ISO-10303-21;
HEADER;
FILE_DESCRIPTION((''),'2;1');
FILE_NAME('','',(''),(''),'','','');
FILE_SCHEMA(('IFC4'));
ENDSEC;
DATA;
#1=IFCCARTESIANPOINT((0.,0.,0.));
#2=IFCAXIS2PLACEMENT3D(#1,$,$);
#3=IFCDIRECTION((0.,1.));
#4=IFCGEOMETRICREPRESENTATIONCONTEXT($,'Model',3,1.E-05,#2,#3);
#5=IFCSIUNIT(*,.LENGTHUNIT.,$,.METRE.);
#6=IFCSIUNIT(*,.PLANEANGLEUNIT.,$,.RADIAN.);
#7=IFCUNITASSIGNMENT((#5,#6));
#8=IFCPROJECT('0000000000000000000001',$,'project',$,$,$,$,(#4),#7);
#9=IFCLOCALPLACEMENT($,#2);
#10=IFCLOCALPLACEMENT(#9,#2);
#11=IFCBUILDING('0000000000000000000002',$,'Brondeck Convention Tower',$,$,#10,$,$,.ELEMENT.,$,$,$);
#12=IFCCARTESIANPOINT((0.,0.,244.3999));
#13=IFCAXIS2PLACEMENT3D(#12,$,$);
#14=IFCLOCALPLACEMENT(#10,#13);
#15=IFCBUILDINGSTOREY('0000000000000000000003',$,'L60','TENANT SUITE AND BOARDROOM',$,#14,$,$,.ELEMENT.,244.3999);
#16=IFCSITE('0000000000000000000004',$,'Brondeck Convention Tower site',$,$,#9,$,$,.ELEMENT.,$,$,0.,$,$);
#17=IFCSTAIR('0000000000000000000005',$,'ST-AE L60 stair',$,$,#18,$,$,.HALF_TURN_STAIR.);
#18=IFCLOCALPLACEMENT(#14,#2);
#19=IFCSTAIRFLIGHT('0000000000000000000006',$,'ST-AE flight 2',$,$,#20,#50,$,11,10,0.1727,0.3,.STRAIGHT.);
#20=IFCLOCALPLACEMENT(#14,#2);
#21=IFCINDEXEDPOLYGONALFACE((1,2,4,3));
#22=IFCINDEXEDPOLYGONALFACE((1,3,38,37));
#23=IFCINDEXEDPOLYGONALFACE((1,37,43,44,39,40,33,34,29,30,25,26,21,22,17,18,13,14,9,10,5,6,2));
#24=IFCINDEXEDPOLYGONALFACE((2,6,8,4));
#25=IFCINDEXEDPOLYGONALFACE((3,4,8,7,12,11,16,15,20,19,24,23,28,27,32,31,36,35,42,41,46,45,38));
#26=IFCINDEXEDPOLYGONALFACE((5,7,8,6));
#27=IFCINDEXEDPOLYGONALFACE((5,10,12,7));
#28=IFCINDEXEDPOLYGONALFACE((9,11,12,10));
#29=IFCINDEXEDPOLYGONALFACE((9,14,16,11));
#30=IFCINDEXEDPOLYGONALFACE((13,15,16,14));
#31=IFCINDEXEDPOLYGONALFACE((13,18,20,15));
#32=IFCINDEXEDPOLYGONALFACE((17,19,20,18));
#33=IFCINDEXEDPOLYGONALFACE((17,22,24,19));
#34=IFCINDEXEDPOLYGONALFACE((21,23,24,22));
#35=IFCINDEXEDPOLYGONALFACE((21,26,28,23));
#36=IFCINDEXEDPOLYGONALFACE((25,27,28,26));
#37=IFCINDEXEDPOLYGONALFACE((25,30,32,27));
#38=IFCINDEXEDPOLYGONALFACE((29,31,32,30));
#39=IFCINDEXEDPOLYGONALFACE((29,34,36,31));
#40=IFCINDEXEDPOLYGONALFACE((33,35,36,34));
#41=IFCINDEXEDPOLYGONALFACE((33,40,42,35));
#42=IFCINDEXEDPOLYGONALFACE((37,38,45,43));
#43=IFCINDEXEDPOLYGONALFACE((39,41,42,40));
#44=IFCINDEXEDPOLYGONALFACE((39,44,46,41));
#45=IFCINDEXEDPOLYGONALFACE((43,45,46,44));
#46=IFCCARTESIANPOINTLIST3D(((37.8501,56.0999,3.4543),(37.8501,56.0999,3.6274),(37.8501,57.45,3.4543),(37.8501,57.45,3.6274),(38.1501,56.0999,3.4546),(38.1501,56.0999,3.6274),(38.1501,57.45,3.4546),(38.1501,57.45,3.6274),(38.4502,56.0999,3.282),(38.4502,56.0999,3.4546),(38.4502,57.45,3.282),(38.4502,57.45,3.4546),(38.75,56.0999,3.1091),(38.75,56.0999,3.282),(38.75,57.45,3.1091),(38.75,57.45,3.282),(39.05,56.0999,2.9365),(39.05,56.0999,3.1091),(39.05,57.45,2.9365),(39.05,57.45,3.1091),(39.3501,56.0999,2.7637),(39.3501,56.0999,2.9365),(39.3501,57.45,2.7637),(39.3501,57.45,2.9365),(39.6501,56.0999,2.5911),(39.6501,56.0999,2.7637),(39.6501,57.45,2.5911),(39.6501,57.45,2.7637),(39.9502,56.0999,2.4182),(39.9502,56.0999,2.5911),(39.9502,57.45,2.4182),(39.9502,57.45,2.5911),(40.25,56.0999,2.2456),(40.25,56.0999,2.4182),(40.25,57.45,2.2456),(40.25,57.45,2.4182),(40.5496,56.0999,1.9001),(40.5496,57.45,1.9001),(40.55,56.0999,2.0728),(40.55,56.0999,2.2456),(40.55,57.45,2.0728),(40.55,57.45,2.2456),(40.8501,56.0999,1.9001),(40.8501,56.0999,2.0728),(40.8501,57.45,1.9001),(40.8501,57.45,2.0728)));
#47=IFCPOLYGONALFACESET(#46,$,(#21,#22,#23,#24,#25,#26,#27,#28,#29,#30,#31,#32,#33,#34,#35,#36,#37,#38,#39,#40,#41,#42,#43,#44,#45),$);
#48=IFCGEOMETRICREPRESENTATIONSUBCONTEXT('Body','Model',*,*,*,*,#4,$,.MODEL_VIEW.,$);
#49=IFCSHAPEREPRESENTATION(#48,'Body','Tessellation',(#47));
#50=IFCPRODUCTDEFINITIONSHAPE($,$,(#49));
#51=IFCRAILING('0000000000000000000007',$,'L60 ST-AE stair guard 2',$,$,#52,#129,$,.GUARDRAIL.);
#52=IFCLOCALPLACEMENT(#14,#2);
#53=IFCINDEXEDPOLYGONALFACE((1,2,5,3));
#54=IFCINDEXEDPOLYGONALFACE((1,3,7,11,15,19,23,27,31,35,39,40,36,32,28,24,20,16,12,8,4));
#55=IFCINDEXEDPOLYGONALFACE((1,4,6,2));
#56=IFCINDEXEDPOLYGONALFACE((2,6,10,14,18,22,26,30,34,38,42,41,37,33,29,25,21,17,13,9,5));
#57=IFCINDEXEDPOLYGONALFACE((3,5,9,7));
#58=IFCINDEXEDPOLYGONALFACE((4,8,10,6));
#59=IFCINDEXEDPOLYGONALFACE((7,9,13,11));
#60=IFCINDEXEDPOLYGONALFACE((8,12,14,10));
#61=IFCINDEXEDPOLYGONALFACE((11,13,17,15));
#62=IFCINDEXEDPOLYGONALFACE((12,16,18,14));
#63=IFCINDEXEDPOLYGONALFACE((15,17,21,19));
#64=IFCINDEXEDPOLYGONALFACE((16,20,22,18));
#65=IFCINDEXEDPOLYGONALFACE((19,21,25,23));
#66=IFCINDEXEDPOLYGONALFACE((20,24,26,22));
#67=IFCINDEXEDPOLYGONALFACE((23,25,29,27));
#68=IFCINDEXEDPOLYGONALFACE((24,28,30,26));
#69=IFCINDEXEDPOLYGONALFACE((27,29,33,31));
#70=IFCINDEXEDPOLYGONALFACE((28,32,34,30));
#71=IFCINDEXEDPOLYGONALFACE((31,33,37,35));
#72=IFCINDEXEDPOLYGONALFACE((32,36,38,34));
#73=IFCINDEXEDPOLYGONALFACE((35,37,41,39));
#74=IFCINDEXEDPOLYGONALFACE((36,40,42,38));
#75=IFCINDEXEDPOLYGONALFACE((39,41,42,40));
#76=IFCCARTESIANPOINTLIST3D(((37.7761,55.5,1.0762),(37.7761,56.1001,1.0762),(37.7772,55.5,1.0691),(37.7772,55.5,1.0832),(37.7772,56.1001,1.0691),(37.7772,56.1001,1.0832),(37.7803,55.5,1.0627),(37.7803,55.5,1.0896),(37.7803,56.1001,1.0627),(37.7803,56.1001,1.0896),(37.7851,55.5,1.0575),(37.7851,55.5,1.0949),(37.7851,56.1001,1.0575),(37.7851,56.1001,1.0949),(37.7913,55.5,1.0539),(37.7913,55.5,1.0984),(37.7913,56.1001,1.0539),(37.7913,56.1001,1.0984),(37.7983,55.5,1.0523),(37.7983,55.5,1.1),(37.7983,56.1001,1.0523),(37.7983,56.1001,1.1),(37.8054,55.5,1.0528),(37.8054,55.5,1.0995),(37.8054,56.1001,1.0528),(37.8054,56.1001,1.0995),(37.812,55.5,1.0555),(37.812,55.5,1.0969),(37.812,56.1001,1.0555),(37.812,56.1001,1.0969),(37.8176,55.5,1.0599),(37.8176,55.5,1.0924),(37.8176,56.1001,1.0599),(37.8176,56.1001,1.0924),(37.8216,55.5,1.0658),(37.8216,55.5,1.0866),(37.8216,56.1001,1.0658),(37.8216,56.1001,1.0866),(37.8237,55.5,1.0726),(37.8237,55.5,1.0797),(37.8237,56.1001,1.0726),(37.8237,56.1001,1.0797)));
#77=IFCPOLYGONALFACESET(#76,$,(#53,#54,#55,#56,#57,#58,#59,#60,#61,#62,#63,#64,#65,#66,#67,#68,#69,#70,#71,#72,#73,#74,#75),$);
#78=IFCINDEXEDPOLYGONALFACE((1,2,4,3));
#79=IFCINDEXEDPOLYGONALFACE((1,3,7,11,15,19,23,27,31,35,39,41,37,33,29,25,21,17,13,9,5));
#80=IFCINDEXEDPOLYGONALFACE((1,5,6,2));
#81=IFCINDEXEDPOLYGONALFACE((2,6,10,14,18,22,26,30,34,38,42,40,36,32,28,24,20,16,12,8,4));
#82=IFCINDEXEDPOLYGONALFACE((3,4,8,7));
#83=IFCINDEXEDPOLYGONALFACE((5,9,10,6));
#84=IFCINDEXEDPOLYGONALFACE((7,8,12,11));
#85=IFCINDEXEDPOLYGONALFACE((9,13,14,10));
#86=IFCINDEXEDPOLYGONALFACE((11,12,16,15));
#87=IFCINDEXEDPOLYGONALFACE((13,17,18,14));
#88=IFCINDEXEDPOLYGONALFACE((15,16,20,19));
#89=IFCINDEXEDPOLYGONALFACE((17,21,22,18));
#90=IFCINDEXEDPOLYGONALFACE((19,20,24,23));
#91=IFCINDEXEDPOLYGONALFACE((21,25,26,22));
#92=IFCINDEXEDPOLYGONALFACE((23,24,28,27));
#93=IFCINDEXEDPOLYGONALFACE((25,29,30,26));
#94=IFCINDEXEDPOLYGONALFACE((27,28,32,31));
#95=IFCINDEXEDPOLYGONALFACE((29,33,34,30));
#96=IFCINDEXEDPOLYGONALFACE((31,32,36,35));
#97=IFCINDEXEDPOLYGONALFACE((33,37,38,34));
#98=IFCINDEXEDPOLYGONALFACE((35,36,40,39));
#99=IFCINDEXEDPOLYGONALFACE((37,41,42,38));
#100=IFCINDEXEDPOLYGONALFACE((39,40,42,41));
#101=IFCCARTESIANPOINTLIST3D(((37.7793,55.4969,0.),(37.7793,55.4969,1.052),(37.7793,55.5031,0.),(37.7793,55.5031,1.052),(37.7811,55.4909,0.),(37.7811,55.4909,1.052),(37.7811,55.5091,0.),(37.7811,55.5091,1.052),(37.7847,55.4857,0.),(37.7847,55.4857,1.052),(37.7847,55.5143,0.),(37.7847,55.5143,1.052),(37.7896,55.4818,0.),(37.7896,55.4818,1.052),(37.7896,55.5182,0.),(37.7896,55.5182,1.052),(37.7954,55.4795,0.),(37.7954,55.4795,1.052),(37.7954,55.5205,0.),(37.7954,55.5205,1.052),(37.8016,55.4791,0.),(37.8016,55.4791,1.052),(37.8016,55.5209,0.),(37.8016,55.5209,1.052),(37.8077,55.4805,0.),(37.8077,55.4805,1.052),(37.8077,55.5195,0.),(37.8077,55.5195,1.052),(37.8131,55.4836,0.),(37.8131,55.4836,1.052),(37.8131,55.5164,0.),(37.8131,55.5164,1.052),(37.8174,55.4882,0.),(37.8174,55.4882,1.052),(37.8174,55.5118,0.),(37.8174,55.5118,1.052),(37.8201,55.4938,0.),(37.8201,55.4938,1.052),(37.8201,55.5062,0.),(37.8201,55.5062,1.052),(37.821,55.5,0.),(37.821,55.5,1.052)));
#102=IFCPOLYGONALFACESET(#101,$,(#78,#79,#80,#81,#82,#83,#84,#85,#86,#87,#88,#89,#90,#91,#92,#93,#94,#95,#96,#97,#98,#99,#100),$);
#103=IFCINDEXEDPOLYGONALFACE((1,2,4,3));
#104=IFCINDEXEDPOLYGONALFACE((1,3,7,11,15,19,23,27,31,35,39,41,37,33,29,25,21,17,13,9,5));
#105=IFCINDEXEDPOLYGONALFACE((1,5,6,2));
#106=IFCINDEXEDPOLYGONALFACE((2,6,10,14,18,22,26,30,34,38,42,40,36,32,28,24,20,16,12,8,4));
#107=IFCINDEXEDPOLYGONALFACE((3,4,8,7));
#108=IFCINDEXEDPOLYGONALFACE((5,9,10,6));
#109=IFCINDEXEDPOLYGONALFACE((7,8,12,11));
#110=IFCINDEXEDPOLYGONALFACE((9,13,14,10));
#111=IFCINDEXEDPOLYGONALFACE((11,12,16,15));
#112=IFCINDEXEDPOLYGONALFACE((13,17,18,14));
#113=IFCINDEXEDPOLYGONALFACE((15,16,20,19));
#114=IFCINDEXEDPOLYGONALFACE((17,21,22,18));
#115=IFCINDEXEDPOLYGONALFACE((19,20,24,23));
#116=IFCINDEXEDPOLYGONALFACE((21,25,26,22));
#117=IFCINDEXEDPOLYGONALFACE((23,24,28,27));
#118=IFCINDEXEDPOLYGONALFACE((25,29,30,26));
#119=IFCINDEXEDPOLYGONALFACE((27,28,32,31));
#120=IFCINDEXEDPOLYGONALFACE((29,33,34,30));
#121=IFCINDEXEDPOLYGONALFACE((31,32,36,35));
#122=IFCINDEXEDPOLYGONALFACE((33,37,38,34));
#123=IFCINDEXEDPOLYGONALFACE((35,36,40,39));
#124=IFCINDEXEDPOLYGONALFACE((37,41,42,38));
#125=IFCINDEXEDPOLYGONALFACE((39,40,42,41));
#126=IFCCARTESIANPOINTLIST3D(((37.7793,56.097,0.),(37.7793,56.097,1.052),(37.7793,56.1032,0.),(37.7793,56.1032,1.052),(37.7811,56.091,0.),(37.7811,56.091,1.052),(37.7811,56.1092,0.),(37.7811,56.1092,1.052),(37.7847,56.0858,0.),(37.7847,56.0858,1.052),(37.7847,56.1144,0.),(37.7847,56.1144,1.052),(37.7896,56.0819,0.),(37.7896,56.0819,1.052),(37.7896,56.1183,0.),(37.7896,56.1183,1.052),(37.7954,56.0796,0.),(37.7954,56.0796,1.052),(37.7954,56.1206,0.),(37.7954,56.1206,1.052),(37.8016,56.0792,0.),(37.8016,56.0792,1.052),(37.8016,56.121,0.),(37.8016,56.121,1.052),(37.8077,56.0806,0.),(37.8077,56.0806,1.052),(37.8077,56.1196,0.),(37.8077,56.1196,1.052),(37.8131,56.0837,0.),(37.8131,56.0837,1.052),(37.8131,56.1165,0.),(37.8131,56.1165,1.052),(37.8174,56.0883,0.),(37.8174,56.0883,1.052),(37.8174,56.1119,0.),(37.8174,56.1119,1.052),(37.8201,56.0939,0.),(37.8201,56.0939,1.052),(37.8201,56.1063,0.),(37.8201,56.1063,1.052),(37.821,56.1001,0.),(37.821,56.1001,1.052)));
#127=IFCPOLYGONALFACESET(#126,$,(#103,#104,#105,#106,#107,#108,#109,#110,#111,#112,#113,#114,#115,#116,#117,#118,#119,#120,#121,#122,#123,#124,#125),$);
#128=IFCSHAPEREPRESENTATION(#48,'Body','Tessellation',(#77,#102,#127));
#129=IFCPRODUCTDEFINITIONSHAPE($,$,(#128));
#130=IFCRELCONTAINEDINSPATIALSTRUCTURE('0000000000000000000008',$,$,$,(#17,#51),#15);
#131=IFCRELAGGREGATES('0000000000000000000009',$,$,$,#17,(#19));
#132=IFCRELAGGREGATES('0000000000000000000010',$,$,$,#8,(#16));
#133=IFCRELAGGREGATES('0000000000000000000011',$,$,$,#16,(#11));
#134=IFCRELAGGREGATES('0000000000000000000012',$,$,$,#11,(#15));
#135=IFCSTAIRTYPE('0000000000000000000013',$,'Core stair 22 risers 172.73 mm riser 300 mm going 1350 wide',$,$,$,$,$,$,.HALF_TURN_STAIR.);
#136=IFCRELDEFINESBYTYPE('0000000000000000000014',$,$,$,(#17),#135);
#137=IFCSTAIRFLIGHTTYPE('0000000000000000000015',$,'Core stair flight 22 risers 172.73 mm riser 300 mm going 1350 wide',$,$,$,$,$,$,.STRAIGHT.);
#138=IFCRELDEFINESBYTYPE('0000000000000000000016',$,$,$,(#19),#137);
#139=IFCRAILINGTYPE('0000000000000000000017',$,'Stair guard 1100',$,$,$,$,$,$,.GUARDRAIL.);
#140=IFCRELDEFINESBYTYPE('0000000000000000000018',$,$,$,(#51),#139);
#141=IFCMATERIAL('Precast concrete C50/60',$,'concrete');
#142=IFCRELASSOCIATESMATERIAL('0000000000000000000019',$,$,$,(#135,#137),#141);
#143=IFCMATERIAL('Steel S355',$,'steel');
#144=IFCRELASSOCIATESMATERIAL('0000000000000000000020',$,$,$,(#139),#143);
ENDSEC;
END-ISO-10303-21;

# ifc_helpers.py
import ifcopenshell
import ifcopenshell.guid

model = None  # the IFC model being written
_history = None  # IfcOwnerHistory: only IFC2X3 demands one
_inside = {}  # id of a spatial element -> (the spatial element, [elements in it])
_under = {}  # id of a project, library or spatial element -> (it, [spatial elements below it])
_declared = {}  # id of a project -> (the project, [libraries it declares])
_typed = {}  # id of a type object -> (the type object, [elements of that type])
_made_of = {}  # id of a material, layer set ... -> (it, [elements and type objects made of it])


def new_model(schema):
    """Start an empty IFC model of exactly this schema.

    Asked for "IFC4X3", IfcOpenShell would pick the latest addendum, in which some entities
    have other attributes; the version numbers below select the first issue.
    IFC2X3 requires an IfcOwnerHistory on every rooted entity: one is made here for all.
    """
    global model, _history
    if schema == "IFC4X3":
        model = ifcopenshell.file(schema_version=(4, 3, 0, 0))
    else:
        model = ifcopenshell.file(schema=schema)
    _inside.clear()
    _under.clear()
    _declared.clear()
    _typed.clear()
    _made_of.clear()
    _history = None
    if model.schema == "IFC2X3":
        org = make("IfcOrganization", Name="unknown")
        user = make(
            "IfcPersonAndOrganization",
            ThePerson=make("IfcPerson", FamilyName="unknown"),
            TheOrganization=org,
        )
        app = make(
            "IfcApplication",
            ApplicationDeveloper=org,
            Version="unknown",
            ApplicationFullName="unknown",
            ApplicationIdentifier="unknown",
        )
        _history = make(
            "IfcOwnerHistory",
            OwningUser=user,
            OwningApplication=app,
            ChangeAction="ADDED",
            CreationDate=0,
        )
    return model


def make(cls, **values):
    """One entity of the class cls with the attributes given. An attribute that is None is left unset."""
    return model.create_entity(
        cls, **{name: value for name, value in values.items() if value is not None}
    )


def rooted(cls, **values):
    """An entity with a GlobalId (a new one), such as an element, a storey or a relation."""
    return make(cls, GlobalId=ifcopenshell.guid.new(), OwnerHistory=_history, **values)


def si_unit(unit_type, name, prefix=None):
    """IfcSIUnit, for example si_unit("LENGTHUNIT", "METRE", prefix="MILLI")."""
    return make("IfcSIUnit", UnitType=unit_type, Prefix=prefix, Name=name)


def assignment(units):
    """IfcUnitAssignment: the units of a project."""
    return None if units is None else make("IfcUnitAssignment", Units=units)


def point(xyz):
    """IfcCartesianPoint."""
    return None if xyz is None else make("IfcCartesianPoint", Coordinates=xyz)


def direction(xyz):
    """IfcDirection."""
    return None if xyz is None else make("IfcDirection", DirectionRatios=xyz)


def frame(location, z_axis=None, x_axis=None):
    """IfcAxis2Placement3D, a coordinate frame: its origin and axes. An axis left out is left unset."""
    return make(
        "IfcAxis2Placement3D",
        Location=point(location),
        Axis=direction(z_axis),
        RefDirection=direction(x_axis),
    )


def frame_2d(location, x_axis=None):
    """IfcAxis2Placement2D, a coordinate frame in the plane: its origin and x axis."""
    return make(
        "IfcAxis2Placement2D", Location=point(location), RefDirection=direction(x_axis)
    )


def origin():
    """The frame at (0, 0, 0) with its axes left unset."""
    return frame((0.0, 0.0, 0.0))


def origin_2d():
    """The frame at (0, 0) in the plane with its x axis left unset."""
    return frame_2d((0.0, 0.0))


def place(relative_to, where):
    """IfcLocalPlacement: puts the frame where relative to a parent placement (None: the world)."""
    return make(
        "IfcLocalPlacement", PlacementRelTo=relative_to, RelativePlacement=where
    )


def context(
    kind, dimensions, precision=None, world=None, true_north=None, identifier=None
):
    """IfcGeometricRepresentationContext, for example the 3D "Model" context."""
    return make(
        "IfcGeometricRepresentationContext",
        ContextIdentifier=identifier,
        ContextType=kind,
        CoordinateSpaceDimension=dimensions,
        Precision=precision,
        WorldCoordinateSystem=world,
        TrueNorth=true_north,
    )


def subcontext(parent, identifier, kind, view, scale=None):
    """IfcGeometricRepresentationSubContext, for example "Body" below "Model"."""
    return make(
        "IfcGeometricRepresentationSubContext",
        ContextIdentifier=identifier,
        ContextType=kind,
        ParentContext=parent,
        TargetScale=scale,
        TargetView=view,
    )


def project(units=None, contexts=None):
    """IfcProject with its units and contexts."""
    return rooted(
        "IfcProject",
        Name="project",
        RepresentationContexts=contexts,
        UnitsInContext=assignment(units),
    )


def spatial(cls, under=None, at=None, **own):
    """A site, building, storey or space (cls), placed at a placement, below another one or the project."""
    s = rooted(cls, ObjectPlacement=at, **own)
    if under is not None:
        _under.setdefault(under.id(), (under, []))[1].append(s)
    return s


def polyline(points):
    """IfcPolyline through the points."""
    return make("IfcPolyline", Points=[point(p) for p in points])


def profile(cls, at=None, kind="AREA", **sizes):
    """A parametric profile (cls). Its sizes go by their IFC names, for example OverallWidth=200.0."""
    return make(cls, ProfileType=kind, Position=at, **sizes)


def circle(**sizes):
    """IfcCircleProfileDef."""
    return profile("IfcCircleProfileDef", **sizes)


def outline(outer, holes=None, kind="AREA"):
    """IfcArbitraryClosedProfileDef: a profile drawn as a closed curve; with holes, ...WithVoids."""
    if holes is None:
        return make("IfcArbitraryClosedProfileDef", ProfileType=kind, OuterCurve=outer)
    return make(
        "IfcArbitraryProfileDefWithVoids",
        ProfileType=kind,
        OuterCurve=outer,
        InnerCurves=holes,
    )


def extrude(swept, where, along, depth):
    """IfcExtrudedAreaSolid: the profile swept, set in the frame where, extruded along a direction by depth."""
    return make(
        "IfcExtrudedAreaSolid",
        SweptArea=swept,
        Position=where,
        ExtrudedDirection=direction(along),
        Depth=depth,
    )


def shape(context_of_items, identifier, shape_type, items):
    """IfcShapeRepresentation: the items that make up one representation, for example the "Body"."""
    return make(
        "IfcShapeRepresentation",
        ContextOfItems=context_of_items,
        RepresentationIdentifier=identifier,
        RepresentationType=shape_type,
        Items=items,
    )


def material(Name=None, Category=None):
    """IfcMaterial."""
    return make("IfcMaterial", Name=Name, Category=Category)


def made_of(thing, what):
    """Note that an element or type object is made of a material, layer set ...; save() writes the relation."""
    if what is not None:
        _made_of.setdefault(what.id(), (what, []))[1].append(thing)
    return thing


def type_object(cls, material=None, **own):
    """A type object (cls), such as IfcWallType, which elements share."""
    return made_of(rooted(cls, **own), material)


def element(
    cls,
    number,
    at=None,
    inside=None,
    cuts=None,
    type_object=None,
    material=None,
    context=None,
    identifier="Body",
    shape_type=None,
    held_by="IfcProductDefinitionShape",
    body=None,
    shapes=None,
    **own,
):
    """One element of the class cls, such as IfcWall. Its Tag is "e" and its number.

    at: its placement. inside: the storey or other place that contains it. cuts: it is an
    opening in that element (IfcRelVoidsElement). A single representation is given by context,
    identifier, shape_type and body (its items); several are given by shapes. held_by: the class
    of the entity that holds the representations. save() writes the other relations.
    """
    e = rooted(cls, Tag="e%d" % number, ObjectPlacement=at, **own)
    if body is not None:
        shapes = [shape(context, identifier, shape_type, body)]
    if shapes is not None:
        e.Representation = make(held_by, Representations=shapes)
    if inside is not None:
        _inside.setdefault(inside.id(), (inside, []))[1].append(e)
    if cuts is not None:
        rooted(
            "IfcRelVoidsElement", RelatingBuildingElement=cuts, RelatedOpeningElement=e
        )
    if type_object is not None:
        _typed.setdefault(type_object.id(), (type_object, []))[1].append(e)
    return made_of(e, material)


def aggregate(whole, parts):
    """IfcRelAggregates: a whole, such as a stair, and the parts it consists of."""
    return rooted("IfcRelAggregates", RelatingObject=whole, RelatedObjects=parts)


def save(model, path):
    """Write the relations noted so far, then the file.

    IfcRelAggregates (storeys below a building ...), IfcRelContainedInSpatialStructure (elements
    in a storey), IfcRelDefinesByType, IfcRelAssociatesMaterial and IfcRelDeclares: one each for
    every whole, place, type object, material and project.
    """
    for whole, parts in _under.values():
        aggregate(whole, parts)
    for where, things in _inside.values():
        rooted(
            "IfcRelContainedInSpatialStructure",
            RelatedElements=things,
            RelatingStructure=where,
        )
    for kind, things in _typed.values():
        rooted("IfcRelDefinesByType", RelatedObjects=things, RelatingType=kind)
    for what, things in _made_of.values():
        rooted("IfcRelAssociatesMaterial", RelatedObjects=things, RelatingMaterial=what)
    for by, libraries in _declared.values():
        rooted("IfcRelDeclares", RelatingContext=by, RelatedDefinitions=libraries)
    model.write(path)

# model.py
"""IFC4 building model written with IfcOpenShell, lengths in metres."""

from ifc_helpers import new_model, si_unit, direction, frame, origin, origin_2d, place, context, subcontext, project, spatial, polyline, circle, outline, extrude, material, type_object, element, aggregate, save


model = new_model("IFC4")

# Units and contexts
model_context = context("Model", 3, precision=1e-05, world=origin(), true_north=direction((0.0, 1.0)))
body_context = subcontext(model_context, "Body", "Model", "MODEL_VIEW")
ifc_project = project(units=[si_unit("LENGTHUNIT", "METRE"), si_unit("PLANEANGLEUNIT", "RADIAN")], contexts=[model_context])

# Site, building, storey
site_placement = place(None, origin())
site = spatial("IfcSite", under=ifc_project, at=site_placement, Name="Brondeck Convention Tower site", CompositionType="ELEMENT", RefElevation=0.0)
building_placement = place(site_placement, origin())
building = spatial("IfcBuilding", under=site, at=building_placement, Name="Brondeck Convention Tower", CompositionType="ELEMENT")
storey_placement = place(building_placement, frame((0.0, 0.0, 244.3999)))
storey = spatial("IfcBuildingStorey", under=building, at=storey_placement, Name="L60", Description="TENANT SUITE AND BOARDROOM", CompositionType="ELEMENT", Elevation=244.3999)

# Shared definitions
ifc_material_1 = material(Name="Steel S355", Category="steel")

# Stair, stair flight
ifc_material_2 = material(Name="Precast concrete C50/60", Category="concrete")
stair_type = type_object("IfcStairType", Name="Core stair 22 risers 172.73 mm riser 300 mm going 1350 wide", PredefinedType="HALF_TURN_STAIR", material=ifc_material_2)
stair_placement = place(storey_placement, origin())
stair = element("IfcStair", 1, at=stair_placement, inside=storey, type_object=stair_type, Name="ST-AE L60 stair", PredefinedType="HALF_TURN_STAIR")
stair_flight_type = type_object("IfcStairFlightType", Name="Core stair flight 22 risers 172.73 mm riser 300 mm going 1350 wide", PredefinedType="STRAIGHT", material=ifc_material_2)
stair_flight_placement = place(storey_placement, frame((40.8501, 56.7749, 1.9001), z_axis=(0.0, 0.0, 1.0), x_axis=(-1.0, 0.0, 0.0)))
stair_flight = element("IfcStairFlight", 2, at=stair_flight_placement, type_object=stair_flight_type, Name="ST-AE flight 2", NumberOfRisers=11, NumberOfTreads=10, PredefinedType="STRAIGHT", RiserHeight=0.1727, TreadLength=0.3, context=body_context, shape_type="SweptSolid", body=[
    extrude(outline(polyline([(0.0, 0.0), (0.0, 0.1726), (0.3, 0.1726), (0.3, 0.3455), (0.6001, 0.3455), (0.6001, 0.5181), (0.8999, 0.5181), (0.8999, 0.6909), (1.2, 0.6909), (1.2, 0.8635), (1.5, 0.8635), (1.5, 1.0364), (1.8, 1.0364), (1.8, 1.209), (2.1001, 1.209), (2.1001, 1.3818), (2.3999, 1.3818), (2.3999, 1.5544), (2.7, 1.5544), (2.7, 1.7273), (3.0, 1.7273), (3.0, 1.8999), (3.0, 1.5542), (0.3005, 0.0), (0.0, 0.0)])), frame((0.0, 0.675, 0.0), z_axis=(0.0, -1.0, 0.0), x_axis=(1.0, 0.0, 0.0)), (0.0, 0.0, 1.0), 1.3501),
])
aggregate(stair, [stair_flight])

# Railing
railing_type_1 = type_object("IfcRailingType", Name="Stair guard 1100", PredefinedType="GUARDRAIL", material=ifc_material_1)
railing_1_placement = place(storey_placement, frame((37.8, 55.5, 0.0)))
element("IfcRailing", 3, at=railing_1_placement, inside=storey, type_object=railing_type_1, Name="L60 ST-AE stair guard 2", PredefinedType="GUARDRAIL", context=body_context, shape_type="SweptSolid", body=[
    extrude(circle(Radius=0.0239, at=origin_2d()), frame((0.0, 0.0, 1.0762), z_axis=(0.0, 1.0, 0.0), x_axis=(-1.0, 0.0, 0.0)), (0.0, 0.0, 1.0), 0.6001),
    extrude(circle(Radius=0.021, at=origin_2d()), origin(), (0.0, 0.0, 1.0), 1.052),
    extrude(circle(Radius=0.021, at=origin_2d()), frame((0.0, 0.6001, 0.0)), (0.0, 0.0, 1.0), 1.052),
])

save(model, "model.ifc")
